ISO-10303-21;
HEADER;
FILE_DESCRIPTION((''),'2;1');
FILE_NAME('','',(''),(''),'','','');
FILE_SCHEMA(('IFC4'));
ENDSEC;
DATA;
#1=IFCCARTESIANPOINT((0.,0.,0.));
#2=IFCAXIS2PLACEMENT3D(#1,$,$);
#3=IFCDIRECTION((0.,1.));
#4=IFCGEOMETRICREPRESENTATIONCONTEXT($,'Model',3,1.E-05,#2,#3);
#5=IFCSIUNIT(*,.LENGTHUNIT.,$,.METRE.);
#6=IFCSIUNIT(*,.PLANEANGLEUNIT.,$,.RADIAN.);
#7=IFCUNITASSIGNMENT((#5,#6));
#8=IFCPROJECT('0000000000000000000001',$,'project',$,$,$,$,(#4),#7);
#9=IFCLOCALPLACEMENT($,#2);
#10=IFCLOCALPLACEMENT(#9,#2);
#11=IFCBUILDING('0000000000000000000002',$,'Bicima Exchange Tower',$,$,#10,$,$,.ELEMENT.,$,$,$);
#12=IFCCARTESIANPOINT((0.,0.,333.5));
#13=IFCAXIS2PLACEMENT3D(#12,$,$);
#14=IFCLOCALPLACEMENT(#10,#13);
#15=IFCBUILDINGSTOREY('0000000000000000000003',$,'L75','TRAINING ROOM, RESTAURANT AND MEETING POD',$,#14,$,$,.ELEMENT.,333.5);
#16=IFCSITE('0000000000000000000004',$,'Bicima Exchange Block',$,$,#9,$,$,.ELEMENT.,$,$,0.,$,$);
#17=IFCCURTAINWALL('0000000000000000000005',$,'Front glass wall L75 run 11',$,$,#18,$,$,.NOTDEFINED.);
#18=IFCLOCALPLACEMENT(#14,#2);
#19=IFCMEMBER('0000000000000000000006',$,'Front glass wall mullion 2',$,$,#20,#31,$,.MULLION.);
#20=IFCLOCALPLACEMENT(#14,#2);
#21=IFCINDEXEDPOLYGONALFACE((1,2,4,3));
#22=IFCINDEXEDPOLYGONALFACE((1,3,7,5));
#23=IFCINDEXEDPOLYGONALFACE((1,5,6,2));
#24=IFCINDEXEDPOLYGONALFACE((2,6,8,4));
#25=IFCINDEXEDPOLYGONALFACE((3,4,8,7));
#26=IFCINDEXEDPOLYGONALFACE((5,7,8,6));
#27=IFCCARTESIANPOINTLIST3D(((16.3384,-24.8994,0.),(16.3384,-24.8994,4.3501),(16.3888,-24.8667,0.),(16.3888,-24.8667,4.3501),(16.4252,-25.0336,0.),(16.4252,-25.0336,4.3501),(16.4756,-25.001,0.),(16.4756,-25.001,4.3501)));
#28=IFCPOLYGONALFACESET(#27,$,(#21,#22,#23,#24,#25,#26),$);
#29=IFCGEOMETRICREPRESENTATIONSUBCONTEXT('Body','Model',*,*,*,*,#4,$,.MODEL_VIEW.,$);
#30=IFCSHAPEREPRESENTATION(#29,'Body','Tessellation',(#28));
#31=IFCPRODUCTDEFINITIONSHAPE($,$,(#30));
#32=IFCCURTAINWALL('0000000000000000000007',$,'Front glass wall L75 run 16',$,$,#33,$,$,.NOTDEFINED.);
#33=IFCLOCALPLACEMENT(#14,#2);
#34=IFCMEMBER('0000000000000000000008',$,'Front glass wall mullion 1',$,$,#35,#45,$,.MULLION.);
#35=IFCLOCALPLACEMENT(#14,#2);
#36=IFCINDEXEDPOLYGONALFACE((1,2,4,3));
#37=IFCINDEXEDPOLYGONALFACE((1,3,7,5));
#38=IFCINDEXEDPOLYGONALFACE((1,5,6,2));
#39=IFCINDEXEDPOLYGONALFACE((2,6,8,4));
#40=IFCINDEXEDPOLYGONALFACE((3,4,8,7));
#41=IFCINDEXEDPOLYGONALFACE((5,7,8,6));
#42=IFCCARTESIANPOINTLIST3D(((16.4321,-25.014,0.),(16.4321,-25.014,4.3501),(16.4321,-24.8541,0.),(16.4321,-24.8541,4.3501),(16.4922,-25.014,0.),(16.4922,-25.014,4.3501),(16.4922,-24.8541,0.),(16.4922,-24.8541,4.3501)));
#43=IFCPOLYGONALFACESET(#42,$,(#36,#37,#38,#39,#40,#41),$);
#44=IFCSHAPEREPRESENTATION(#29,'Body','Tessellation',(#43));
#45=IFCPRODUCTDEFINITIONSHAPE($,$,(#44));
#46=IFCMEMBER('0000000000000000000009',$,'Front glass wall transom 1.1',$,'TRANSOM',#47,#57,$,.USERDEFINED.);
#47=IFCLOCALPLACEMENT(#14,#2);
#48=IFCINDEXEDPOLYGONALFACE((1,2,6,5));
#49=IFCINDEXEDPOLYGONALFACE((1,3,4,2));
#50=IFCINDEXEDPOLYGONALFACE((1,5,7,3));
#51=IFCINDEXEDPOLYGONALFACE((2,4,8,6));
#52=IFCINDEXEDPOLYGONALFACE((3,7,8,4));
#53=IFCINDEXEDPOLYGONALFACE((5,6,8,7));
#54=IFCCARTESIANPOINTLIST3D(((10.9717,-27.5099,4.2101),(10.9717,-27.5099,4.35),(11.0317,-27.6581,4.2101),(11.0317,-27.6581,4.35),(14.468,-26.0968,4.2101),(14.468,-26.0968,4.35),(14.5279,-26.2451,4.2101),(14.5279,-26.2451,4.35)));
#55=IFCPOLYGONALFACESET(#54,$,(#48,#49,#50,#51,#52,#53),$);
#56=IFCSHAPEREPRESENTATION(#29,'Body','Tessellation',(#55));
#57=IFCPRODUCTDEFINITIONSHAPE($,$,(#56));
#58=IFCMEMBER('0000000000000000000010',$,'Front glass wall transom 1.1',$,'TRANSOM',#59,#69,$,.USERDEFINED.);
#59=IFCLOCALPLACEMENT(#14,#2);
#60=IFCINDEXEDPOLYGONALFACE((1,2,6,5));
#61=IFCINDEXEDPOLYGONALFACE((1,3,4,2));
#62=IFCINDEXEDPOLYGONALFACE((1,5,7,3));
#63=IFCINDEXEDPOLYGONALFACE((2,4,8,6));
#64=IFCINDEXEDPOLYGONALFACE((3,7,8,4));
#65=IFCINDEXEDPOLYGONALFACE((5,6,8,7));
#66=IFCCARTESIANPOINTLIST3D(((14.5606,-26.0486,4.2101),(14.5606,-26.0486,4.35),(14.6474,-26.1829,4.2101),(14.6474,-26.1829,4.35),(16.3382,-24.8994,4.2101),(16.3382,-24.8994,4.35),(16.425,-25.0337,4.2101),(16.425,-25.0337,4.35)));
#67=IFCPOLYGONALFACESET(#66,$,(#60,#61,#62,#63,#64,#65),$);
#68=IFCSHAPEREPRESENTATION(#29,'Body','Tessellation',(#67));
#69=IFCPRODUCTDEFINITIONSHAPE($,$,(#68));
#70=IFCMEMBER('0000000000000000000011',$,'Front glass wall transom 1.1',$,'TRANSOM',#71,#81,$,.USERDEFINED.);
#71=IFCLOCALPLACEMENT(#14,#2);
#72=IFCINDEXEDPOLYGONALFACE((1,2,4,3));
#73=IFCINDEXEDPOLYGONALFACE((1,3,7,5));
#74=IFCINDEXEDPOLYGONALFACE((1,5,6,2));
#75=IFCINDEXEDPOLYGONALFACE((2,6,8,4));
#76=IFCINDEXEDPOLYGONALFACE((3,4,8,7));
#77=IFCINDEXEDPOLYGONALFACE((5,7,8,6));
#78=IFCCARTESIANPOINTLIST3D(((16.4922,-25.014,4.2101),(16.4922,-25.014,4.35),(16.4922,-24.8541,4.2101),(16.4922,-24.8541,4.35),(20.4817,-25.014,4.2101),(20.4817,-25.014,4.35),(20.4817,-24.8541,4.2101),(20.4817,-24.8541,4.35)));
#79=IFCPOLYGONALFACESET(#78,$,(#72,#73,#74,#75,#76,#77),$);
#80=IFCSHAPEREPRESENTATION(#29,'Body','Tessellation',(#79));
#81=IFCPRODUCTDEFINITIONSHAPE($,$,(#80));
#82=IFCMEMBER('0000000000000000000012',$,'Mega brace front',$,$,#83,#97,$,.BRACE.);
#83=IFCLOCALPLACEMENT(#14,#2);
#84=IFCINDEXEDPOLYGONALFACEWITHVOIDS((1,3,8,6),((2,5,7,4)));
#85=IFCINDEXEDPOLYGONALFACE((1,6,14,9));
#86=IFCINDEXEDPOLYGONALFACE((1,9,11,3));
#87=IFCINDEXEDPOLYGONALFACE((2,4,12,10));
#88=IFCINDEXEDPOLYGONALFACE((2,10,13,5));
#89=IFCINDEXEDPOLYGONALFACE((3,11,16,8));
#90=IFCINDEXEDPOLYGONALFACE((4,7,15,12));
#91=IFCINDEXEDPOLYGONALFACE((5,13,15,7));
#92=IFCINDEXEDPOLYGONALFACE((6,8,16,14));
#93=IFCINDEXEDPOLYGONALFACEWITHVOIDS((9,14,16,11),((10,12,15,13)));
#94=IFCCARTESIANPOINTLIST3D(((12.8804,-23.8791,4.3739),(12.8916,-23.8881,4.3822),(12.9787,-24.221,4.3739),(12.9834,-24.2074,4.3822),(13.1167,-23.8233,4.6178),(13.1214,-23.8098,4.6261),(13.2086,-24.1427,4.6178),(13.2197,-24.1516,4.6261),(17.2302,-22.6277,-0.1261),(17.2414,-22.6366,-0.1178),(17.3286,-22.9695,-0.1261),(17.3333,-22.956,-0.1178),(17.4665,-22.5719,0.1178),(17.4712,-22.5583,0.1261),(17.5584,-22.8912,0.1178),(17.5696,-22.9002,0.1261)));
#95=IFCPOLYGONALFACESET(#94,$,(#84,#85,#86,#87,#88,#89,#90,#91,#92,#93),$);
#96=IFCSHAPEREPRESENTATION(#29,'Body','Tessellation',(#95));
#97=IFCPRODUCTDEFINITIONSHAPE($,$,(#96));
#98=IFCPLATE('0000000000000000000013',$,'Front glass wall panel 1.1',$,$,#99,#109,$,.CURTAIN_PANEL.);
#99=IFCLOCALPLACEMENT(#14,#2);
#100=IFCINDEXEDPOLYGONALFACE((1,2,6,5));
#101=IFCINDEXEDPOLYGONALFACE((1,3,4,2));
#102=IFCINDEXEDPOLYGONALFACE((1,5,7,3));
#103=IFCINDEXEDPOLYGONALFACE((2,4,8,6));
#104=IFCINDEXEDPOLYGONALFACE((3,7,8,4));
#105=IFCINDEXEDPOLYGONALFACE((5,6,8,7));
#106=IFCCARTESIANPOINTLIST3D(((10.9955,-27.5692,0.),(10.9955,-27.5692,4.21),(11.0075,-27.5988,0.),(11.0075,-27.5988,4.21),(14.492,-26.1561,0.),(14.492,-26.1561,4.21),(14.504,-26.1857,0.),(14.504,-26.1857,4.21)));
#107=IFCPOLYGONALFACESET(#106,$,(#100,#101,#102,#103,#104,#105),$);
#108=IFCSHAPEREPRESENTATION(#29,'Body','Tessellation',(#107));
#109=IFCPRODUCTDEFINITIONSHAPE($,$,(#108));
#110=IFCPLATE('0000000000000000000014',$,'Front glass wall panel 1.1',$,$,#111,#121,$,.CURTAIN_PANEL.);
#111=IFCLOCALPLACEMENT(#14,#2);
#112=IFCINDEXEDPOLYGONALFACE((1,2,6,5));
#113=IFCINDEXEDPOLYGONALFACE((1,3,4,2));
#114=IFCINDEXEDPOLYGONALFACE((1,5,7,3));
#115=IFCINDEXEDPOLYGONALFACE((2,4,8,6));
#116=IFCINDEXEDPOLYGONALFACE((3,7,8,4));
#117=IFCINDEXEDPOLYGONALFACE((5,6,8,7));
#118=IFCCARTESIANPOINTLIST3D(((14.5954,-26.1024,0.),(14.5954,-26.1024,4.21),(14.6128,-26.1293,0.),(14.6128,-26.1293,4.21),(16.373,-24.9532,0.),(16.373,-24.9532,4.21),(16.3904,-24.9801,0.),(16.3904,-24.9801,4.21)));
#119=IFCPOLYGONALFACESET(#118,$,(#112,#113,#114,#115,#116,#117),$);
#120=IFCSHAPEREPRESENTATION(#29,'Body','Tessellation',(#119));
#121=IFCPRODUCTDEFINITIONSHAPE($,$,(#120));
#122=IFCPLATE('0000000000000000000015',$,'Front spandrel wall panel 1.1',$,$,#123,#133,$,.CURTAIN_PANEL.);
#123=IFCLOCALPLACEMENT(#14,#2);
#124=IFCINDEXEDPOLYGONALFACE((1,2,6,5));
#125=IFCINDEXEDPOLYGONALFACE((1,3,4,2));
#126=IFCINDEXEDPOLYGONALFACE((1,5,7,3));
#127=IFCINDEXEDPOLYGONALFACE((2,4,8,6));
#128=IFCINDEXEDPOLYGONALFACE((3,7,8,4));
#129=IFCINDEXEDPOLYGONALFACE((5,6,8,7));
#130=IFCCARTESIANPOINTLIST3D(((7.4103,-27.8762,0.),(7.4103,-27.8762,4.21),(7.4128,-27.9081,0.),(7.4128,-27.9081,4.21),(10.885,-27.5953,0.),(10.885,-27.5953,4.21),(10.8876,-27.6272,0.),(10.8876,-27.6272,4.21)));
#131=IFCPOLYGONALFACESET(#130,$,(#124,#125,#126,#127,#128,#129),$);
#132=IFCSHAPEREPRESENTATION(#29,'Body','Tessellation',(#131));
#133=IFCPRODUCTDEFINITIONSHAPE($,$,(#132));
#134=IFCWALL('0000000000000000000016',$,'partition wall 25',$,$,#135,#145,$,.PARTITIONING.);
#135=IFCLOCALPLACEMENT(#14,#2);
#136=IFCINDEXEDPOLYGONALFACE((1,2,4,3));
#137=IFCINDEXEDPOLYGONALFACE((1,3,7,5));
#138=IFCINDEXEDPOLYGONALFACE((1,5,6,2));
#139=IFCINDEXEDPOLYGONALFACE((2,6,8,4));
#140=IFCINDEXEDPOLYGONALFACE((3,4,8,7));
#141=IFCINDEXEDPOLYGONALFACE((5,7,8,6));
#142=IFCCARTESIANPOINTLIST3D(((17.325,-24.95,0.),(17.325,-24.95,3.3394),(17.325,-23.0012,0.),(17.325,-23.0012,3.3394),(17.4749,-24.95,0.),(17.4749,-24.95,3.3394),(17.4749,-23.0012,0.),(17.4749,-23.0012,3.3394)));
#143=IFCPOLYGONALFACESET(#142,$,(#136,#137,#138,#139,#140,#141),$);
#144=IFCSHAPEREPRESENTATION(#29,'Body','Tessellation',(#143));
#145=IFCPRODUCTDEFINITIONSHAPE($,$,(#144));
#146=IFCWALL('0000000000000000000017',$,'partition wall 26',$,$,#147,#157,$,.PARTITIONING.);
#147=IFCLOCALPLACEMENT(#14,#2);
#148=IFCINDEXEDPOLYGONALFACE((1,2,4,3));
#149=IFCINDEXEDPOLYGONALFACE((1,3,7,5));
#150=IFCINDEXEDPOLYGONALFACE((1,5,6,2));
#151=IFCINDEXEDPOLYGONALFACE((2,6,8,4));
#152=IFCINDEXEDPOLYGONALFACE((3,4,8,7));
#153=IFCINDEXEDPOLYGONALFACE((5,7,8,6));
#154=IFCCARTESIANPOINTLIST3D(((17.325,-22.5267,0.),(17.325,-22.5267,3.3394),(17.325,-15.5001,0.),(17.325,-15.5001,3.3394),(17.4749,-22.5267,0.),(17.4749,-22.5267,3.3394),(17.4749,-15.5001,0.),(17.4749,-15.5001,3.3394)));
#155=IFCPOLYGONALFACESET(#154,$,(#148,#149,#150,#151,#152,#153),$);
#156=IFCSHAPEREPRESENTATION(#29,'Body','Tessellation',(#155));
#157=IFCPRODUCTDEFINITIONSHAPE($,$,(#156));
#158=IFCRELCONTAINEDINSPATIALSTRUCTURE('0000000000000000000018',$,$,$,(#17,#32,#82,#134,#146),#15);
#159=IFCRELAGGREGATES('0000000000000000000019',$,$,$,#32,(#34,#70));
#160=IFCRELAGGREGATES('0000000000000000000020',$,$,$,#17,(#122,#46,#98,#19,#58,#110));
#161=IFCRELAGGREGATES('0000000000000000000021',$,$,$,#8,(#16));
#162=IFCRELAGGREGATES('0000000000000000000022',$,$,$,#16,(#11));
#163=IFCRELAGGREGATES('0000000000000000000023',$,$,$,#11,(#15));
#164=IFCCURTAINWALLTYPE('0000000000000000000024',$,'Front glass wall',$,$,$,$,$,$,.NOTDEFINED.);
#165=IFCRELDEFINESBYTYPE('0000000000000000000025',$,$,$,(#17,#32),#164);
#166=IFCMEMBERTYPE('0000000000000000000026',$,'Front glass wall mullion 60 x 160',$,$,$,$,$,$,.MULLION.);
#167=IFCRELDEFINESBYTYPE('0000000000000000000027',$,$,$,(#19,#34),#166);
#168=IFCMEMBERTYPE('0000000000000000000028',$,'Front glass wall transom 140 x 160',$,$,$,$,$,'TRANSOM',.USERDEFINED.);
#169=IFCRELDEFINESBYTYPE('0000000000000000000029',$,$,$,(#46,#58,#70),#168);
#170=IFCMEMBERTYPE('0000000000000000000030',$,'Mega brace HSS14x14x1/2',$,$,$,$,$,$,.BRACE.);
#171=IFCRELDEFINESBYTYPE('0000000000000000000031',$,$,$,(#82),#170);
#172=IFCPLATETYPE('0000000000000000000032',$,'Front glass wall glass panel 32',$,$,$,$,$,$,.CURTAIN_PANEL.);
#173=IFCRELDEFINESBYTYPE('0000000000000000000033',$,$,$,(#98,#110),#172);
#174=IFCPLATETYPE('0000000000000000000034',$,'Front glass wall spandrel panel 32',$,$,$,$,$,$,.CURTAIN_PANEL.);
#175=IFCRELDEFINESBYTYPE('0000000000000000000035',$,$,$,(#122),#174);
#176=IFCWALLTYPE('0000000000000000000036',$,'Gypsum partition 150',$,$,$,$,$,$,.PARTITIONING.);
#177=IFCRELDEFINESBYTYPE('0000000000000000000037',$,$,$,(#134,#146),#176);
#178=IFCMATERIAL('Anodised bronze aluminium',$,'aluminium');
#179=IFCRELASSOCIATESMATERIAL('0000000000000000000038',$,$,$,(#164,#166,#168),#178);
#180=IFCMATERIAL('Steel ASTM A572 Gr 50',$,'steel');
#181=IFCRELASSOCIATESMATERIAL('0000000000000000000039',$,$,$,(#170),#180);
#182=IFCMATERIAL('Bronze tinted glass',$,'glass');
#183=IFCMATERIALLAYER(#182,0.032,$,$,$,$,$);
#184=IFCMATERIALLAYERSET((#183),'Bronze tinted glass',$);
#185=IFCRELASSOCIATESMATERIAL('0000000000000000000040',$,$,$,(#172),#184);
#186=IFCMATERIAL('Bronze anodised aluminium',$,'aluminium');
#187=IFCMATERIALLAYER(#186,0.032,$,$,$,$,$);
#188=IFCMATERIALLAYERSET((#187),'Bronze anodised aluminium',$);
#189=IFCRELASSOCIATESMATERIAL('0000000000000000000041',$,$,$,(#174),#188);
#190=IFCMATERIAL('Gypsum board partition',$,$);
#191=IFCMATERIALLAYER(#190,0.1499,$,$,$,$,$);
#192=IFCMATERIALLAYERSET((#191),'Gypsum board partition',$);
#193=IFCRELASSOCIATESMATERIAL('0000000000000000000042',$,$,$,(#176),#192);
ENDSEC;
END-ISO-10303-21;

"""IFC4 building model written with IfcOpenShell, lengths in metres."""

from ifc_helpers import new_model, si_unit, direction, frame, frame_2d, origin, origin_2d, place, context, subcontext, project, spatial, rectangle, hollow_rectangle, extrude, material, layer, layer_set, material_profile, profile_set, type_object, element, aggregate, save


model = new_model("IFC4")

# Units and contexts
model_context = context("Model", 3, precision=1e-05, world=origin(), true_north=direction((0.0, 1.0)))
body_context = subcontext(model_context, "Body", "Model", "MODEL_VIEW")
ifc_project = project(units=[si_unit("LENGTHUNIT", "METRE"), si_unit("PLANEANGLEUNIT", "RADIAN")], contexts=[model_context])

# Site, building, storey
site_placement = place(None, origin())
site = spatial("IfcSite", under=ifc_project, at=site_placement, Name="Bicima Exchange Block", CompositionType="ELEMENT", RefElevation=0.0)
building_placement = place(site_placement, origin())
building = spatial("IfcBuilding", under=site, at=building_placement, Name="Bicima Exchange Tower", CompositionType="ELEMENT")
storey_placement = place(building_placement, frame((0.0, 0.0, 333.5)))
storey = spatial("IfcBuildingStorey", under=building, at=storey_placement, Name="L75", Description="TRAINING ROOM, RESTAURANT AND MEETING POD", CompositionType="ELEMENT", Elevation=333.5)

# Curtain wall, member
ifc_material_1 = material(Name="Anodised bronze aluminium", Category="aluminium")
curtain_wall_type = type_object("IfcCurtainWallType", Name="Front glass wall", PredefinedType="NOTDEFINED", material=ifc_material_1)
curtain_wall_1_placement = place(storey_placement, origin())
curtain_wall_1 = element("IfcCurtainWall", 1, at=curtain_wall_1_placement, inside=storey, type_object=curtain_wall_type, Name="Front glass wall L75 run 11", PredefinedType="NOTDEFINED")
ifc_material_profile_1 = material_profile(ifc_material_1, rectangle(XDim=0.1599, YDim=0.0601, at=origin_2d()))
ifc_profile_set_1 = profile_set([ifc_material_profile_1], Name="Anodised bronze aluminium")
member_type_1 = type_object("IfcMemberType", Name="Front glass wall mullion 60 x 160", PredefinedType="MULLION", material=ifc_profile_set_1)
member_1_placement = place(storey_placement, frame((16.407, -24.9502, 0.0), z_axis=(0.0, 0.0, 1.0), x_axis=(-0.542909, 0.839791, 0.0)))
member_1 = element("IfcMember", 2, at=member_1_placement, type_object=member_type_1, Name="Front glass wall mullion 2", PredefinedType="MULLION", context=body_context, shape_type="SweptSolid", body=[
    extrude(rectangle(XDim=0.1599, YDim=0.0601, at=origin_2d()), origin(), (0.0, 0.0, 1.0), 4.3501),
])

# Curtain wall, member
curtain_wall_2_placement = place(storey_placement, origin())
curtain_wall_2 = element("IfcCurtainWall", 3, at=curtain_wall_2_placement, inside=storey, type_object=curtain_wall_type, Name="Front glass wall L75 run 16", PredefinedType="NOTDEFINED")
member_2_placement = place(storey_placement, frame((16.4622, -24.9341, 0.0), z_axis=(0.0, 0.0, 1.0), x_axis=(0.0, 1.0, 0.0)))
member_2 = element("IfcMember", 4, at=member_2_placement, type_object=member_type_1, Name="Front glass wall mullion 1", PredefinedType="MULLION", context=body_context, shape_type="SweptSolid", body=[
    extrude(rectangle(XDim=0.1599, YDim=0.0601, at=origin_2d()), origin(), (0.0, 0.0, 1.0), 4.3501),
])

# Members
ifc_material_profile_2 = material_profile(ifc_material_1, rectangle(XDim=0.1599, YDim=0.1399, at=origin_2d()))
ifc_profile_set_2 = profile_set([ifc_material_profile_2], Name="Anodised bronze aluminium")
member_type_2 = type_object("IfcMemberType", Name="Front glass wall transom 140 x 160", ElementType="TRANSOM", PredefinedType="USERDEFINED", material=ifc_profile_set_2)
member_3_placement = place(storey_placement, frame((11.0017, -27.584, 4.28), z_axis=(0.92714, 0.374715, 0.0), x_axis=(-0.374715, 0.92714, 0.0)))
member_3 = element("IfcMember", 5, at=member_3_placement, type_object=member_type_2, Name="Front glass wall transom 1.1", ObjectType="TRANSOM", PredefinedType="USERDEFINED", context=body_context, shape_type="SweptSolid", body=[
    extrude(rectangle(XDim=0.1599, YDim=0.1399, at=origin_2d()), origin(), (0.0, 0.0, 1.0), 3.771),
])
member_4_placement = place(storey_placement, frame((14.604, -26.1157, 4.28), z_axis=(0.839793, 0.542907, 0.0), x_axis=(-0.542907, 0.839793, 0.0)))
member_4 = element("IfcMember", 6, at=member_4_placement, type_object=member_type_2, Name="Front glass wall transom 1.1", ObjectType="TRANSOM", PredefinedType="USERDEFINED", context=body_context, shape_type="SweptSolid", body=[
    extrude(rectangle(XDim=0.1599, YDim=0.1399, at=origin_2d()), origin(), (0.0, 0.0, 1.0), 2.1167),
])
member_5_placement = place(storey_placement, frame((16.4922, -24.9341, 4.28), z_axis=(1.0, 0.0, 0.0), x_axis=(0.0, 1.0, 0.0)))
member_5 = element("IfcMember", 7, at=member_5_placement, type_object=member_type_2, Name="Front glass wall transom 1.1", ObjectType="TRANSOM", PredefinedType="USERDEFINED", context=body_context, shape_type="SweptSolid", body=[
    extrude(rectangle(XDim=0.1599, YDim=0.1399, at=origin_2d()), origin(), (0.0, 0.0, 1.0), 3.9895),
])
aggregate(curtain_wall_2, [member_2, member_5])
ifc_material_2 = material(Name="Steel ASTM A572 Gr 50", Category="steel")
ifc_material_profile_3 = material_profile(ifc_material_2, hollow_rectangle(XDim=0.3557, YDim=0.3557, WallThickness=0.0117, at=origin_2d()))
ifc_profile_set_3 = profile_set([ifc_material_profile_3], Name="Steel ASTM A572 Gr 50")
member_type_3 = type_object("IfcMemberType", Name="Mega brace HSS14x14x1/2", PredefinedType="BRACE", material=ifc_profile_set_3)
member_6_placement = place(storey_placement, frame((17.3999, -22.7639, 0.0), z_axis=(-0.681519, -0.196075, 0.705044), x_axis=(0.276487, -0.961018, 0.0)))
element("IfcMember", 8, at=member_6_placement, inside=storey, type_object=member_type_3, Name="Mega brace front", PredefinedType="BRACE", context=body_context, shape_type="SweptSolid", body=[
    extrude(hollow_rectangle(XDim=0.3557, YDim=0.3557, WallThickness=0.0117, at=origin_2d()), origin(), (0.0, 0.0, 1.0), 6.3826),
])

# Plates
ifc_material_3 = material(Name="Bronze tinted glass", Category="glass")
ifc_layer_1 = layer(ifc_material_3, 0.032)
ifc_layer_set_1 = layer_set([ifc_layer_1], Name="Bronze tinted glass")
plate_type_1 = type_object("IfcPlateType", Name="Front glass wall glass panel 32", PredefinedType="CURTAIN_PANEL", material=ifc_layer_set_1)
plate_1_placement = place(storey_placement, frame((12.7498, -26.8774, 0.0), z_axis=(0.0, 0.0, 1.0), x_axis=(0.927144, 0.374705, 0.0)))
plate_1 = element("IfcPlate", 9, at=plate_1_placement, type_object=plate_type_1, Name="Front glass wall panel 1.1", PredefinedType="CURTAIN_PANEL", context=body_context, shape_type="SweptSolid", body=[
    extrude(rectangle(XDim=3.7712, YDim=0.032, at=origin_2d()), origin(), (0.0, 0.0, 1.0), 4.21),
])
plate_2_placement = place(storey_placement, frame((15.4929, -25.5413, 0.0), z_axis=(0.0, 0.0, 1.0), x_axis=(0.839791, 0.542909, 0.0)))
plate_2 = element("IfcPlate", 10, at=plate_2_placement, type_object=plate_type_1, Name="Front glass wall panel 1.1", PredefinedType="CURTAIN_PANEL", context=body_context, shape_type="SweptSolid", body=[
    extrude(rectangle(XDim=2.1167, YDim=0.032, at=origin_2d()), origin(), (0.0, 0.0, 1.0), 4.21),
])
ifc_material_4 = material(Name="Bronze anodised aluminium", Category="aluminium")
ifc_layer_2 = layer(ifc_material_4, 0.032)
ifc_layer_set_2 = layer_set([ifc_layer_2], Name="Bronze anodised aluminium")
plate_type_2 = type_object("IfcPlateType", Name="Front glass wall spandrel panel 32", PredefinedType="CURTAIN_PANEL", material=ifc_layer_set_2)
plate_3_placement = place(storey_placement, frame((9.1489, -27.7517, 0.0), z_axis=(0.0, 0.0, 1.0), x_axis=(0.996747, 0.080589, 0.0)))
plate_3 = element("IfcPlate", 11, at=plate_3_placement, type_object=plate_type_2, Name="Front spandrel wall panel 1.1", PredefinedType="CURTAIN_PANEL", context=body_context, shape_type="SweptSolid", body=[
    extrude(rectangle(XDim=3.4861, YDim=0.032, at=origin_2d()), origin(), (0.0, 0.0, 1.0), 4.21),
])
aggregate(curtain_wall_1, [plate_3, member_3, plate_1, member_1, member_4, plate_2])

# Walls
ifc_material_5 = material(Name="Gypsum board partition")
ifc_layer_3 = layer(ifc_material_5, 0.1499)
ifc_layer_set_3 = layer_set([ifc_layer_3], Name="Gypsum board partition")
wall_type = type_object("IfcWallType", Name="Gypsum partition 150", PredefinedType="PARTITIONING", material=ifc_layer_set_3)
wall_1_placement = place(storey_placement, frame((17.3999, -24.95, 0.0), z_axis=(0.0, 0.0, 1.0), x_axis=(0.0, 1.0, 0.0)))
element("IfcWall", 12, at=wall_1_placement, inside=storey, type_object=wall_type, Name="partition wall 25", PredefinedType="PARTITIONING", context=body_context, shape_type="SweptSolid", body=[
    extrude(rectangle(XDim=1.9487, YDim=0.1499, at=frame_2d((0.9744, 0.0))), origin(), (0.0, 0.0, 1.0), 3.3394),
])
wall_2_placement = place(storey_placement, frame((17.3999, -22.5266, 0.0), z_axis=(0.0, 0.0, 1.0), x_axis=(0.0, 1.0, 0.0)))
element("IfcWall", 13, at=wall_2_placement, inside=storey, type_object=wall_type, Name="partition wall 26", PredefinedType="PARTITIONING", context=body_context, shape_type="SweptSolid", body=[
    extrude(rectangle(XDim=7.0266, YDim=0.1499, at=frame_2d((3.5132, 0.0))), origin(), (0.0, 0.0, 1.0), 3.3394),
])

save(model, "model.ifc")
